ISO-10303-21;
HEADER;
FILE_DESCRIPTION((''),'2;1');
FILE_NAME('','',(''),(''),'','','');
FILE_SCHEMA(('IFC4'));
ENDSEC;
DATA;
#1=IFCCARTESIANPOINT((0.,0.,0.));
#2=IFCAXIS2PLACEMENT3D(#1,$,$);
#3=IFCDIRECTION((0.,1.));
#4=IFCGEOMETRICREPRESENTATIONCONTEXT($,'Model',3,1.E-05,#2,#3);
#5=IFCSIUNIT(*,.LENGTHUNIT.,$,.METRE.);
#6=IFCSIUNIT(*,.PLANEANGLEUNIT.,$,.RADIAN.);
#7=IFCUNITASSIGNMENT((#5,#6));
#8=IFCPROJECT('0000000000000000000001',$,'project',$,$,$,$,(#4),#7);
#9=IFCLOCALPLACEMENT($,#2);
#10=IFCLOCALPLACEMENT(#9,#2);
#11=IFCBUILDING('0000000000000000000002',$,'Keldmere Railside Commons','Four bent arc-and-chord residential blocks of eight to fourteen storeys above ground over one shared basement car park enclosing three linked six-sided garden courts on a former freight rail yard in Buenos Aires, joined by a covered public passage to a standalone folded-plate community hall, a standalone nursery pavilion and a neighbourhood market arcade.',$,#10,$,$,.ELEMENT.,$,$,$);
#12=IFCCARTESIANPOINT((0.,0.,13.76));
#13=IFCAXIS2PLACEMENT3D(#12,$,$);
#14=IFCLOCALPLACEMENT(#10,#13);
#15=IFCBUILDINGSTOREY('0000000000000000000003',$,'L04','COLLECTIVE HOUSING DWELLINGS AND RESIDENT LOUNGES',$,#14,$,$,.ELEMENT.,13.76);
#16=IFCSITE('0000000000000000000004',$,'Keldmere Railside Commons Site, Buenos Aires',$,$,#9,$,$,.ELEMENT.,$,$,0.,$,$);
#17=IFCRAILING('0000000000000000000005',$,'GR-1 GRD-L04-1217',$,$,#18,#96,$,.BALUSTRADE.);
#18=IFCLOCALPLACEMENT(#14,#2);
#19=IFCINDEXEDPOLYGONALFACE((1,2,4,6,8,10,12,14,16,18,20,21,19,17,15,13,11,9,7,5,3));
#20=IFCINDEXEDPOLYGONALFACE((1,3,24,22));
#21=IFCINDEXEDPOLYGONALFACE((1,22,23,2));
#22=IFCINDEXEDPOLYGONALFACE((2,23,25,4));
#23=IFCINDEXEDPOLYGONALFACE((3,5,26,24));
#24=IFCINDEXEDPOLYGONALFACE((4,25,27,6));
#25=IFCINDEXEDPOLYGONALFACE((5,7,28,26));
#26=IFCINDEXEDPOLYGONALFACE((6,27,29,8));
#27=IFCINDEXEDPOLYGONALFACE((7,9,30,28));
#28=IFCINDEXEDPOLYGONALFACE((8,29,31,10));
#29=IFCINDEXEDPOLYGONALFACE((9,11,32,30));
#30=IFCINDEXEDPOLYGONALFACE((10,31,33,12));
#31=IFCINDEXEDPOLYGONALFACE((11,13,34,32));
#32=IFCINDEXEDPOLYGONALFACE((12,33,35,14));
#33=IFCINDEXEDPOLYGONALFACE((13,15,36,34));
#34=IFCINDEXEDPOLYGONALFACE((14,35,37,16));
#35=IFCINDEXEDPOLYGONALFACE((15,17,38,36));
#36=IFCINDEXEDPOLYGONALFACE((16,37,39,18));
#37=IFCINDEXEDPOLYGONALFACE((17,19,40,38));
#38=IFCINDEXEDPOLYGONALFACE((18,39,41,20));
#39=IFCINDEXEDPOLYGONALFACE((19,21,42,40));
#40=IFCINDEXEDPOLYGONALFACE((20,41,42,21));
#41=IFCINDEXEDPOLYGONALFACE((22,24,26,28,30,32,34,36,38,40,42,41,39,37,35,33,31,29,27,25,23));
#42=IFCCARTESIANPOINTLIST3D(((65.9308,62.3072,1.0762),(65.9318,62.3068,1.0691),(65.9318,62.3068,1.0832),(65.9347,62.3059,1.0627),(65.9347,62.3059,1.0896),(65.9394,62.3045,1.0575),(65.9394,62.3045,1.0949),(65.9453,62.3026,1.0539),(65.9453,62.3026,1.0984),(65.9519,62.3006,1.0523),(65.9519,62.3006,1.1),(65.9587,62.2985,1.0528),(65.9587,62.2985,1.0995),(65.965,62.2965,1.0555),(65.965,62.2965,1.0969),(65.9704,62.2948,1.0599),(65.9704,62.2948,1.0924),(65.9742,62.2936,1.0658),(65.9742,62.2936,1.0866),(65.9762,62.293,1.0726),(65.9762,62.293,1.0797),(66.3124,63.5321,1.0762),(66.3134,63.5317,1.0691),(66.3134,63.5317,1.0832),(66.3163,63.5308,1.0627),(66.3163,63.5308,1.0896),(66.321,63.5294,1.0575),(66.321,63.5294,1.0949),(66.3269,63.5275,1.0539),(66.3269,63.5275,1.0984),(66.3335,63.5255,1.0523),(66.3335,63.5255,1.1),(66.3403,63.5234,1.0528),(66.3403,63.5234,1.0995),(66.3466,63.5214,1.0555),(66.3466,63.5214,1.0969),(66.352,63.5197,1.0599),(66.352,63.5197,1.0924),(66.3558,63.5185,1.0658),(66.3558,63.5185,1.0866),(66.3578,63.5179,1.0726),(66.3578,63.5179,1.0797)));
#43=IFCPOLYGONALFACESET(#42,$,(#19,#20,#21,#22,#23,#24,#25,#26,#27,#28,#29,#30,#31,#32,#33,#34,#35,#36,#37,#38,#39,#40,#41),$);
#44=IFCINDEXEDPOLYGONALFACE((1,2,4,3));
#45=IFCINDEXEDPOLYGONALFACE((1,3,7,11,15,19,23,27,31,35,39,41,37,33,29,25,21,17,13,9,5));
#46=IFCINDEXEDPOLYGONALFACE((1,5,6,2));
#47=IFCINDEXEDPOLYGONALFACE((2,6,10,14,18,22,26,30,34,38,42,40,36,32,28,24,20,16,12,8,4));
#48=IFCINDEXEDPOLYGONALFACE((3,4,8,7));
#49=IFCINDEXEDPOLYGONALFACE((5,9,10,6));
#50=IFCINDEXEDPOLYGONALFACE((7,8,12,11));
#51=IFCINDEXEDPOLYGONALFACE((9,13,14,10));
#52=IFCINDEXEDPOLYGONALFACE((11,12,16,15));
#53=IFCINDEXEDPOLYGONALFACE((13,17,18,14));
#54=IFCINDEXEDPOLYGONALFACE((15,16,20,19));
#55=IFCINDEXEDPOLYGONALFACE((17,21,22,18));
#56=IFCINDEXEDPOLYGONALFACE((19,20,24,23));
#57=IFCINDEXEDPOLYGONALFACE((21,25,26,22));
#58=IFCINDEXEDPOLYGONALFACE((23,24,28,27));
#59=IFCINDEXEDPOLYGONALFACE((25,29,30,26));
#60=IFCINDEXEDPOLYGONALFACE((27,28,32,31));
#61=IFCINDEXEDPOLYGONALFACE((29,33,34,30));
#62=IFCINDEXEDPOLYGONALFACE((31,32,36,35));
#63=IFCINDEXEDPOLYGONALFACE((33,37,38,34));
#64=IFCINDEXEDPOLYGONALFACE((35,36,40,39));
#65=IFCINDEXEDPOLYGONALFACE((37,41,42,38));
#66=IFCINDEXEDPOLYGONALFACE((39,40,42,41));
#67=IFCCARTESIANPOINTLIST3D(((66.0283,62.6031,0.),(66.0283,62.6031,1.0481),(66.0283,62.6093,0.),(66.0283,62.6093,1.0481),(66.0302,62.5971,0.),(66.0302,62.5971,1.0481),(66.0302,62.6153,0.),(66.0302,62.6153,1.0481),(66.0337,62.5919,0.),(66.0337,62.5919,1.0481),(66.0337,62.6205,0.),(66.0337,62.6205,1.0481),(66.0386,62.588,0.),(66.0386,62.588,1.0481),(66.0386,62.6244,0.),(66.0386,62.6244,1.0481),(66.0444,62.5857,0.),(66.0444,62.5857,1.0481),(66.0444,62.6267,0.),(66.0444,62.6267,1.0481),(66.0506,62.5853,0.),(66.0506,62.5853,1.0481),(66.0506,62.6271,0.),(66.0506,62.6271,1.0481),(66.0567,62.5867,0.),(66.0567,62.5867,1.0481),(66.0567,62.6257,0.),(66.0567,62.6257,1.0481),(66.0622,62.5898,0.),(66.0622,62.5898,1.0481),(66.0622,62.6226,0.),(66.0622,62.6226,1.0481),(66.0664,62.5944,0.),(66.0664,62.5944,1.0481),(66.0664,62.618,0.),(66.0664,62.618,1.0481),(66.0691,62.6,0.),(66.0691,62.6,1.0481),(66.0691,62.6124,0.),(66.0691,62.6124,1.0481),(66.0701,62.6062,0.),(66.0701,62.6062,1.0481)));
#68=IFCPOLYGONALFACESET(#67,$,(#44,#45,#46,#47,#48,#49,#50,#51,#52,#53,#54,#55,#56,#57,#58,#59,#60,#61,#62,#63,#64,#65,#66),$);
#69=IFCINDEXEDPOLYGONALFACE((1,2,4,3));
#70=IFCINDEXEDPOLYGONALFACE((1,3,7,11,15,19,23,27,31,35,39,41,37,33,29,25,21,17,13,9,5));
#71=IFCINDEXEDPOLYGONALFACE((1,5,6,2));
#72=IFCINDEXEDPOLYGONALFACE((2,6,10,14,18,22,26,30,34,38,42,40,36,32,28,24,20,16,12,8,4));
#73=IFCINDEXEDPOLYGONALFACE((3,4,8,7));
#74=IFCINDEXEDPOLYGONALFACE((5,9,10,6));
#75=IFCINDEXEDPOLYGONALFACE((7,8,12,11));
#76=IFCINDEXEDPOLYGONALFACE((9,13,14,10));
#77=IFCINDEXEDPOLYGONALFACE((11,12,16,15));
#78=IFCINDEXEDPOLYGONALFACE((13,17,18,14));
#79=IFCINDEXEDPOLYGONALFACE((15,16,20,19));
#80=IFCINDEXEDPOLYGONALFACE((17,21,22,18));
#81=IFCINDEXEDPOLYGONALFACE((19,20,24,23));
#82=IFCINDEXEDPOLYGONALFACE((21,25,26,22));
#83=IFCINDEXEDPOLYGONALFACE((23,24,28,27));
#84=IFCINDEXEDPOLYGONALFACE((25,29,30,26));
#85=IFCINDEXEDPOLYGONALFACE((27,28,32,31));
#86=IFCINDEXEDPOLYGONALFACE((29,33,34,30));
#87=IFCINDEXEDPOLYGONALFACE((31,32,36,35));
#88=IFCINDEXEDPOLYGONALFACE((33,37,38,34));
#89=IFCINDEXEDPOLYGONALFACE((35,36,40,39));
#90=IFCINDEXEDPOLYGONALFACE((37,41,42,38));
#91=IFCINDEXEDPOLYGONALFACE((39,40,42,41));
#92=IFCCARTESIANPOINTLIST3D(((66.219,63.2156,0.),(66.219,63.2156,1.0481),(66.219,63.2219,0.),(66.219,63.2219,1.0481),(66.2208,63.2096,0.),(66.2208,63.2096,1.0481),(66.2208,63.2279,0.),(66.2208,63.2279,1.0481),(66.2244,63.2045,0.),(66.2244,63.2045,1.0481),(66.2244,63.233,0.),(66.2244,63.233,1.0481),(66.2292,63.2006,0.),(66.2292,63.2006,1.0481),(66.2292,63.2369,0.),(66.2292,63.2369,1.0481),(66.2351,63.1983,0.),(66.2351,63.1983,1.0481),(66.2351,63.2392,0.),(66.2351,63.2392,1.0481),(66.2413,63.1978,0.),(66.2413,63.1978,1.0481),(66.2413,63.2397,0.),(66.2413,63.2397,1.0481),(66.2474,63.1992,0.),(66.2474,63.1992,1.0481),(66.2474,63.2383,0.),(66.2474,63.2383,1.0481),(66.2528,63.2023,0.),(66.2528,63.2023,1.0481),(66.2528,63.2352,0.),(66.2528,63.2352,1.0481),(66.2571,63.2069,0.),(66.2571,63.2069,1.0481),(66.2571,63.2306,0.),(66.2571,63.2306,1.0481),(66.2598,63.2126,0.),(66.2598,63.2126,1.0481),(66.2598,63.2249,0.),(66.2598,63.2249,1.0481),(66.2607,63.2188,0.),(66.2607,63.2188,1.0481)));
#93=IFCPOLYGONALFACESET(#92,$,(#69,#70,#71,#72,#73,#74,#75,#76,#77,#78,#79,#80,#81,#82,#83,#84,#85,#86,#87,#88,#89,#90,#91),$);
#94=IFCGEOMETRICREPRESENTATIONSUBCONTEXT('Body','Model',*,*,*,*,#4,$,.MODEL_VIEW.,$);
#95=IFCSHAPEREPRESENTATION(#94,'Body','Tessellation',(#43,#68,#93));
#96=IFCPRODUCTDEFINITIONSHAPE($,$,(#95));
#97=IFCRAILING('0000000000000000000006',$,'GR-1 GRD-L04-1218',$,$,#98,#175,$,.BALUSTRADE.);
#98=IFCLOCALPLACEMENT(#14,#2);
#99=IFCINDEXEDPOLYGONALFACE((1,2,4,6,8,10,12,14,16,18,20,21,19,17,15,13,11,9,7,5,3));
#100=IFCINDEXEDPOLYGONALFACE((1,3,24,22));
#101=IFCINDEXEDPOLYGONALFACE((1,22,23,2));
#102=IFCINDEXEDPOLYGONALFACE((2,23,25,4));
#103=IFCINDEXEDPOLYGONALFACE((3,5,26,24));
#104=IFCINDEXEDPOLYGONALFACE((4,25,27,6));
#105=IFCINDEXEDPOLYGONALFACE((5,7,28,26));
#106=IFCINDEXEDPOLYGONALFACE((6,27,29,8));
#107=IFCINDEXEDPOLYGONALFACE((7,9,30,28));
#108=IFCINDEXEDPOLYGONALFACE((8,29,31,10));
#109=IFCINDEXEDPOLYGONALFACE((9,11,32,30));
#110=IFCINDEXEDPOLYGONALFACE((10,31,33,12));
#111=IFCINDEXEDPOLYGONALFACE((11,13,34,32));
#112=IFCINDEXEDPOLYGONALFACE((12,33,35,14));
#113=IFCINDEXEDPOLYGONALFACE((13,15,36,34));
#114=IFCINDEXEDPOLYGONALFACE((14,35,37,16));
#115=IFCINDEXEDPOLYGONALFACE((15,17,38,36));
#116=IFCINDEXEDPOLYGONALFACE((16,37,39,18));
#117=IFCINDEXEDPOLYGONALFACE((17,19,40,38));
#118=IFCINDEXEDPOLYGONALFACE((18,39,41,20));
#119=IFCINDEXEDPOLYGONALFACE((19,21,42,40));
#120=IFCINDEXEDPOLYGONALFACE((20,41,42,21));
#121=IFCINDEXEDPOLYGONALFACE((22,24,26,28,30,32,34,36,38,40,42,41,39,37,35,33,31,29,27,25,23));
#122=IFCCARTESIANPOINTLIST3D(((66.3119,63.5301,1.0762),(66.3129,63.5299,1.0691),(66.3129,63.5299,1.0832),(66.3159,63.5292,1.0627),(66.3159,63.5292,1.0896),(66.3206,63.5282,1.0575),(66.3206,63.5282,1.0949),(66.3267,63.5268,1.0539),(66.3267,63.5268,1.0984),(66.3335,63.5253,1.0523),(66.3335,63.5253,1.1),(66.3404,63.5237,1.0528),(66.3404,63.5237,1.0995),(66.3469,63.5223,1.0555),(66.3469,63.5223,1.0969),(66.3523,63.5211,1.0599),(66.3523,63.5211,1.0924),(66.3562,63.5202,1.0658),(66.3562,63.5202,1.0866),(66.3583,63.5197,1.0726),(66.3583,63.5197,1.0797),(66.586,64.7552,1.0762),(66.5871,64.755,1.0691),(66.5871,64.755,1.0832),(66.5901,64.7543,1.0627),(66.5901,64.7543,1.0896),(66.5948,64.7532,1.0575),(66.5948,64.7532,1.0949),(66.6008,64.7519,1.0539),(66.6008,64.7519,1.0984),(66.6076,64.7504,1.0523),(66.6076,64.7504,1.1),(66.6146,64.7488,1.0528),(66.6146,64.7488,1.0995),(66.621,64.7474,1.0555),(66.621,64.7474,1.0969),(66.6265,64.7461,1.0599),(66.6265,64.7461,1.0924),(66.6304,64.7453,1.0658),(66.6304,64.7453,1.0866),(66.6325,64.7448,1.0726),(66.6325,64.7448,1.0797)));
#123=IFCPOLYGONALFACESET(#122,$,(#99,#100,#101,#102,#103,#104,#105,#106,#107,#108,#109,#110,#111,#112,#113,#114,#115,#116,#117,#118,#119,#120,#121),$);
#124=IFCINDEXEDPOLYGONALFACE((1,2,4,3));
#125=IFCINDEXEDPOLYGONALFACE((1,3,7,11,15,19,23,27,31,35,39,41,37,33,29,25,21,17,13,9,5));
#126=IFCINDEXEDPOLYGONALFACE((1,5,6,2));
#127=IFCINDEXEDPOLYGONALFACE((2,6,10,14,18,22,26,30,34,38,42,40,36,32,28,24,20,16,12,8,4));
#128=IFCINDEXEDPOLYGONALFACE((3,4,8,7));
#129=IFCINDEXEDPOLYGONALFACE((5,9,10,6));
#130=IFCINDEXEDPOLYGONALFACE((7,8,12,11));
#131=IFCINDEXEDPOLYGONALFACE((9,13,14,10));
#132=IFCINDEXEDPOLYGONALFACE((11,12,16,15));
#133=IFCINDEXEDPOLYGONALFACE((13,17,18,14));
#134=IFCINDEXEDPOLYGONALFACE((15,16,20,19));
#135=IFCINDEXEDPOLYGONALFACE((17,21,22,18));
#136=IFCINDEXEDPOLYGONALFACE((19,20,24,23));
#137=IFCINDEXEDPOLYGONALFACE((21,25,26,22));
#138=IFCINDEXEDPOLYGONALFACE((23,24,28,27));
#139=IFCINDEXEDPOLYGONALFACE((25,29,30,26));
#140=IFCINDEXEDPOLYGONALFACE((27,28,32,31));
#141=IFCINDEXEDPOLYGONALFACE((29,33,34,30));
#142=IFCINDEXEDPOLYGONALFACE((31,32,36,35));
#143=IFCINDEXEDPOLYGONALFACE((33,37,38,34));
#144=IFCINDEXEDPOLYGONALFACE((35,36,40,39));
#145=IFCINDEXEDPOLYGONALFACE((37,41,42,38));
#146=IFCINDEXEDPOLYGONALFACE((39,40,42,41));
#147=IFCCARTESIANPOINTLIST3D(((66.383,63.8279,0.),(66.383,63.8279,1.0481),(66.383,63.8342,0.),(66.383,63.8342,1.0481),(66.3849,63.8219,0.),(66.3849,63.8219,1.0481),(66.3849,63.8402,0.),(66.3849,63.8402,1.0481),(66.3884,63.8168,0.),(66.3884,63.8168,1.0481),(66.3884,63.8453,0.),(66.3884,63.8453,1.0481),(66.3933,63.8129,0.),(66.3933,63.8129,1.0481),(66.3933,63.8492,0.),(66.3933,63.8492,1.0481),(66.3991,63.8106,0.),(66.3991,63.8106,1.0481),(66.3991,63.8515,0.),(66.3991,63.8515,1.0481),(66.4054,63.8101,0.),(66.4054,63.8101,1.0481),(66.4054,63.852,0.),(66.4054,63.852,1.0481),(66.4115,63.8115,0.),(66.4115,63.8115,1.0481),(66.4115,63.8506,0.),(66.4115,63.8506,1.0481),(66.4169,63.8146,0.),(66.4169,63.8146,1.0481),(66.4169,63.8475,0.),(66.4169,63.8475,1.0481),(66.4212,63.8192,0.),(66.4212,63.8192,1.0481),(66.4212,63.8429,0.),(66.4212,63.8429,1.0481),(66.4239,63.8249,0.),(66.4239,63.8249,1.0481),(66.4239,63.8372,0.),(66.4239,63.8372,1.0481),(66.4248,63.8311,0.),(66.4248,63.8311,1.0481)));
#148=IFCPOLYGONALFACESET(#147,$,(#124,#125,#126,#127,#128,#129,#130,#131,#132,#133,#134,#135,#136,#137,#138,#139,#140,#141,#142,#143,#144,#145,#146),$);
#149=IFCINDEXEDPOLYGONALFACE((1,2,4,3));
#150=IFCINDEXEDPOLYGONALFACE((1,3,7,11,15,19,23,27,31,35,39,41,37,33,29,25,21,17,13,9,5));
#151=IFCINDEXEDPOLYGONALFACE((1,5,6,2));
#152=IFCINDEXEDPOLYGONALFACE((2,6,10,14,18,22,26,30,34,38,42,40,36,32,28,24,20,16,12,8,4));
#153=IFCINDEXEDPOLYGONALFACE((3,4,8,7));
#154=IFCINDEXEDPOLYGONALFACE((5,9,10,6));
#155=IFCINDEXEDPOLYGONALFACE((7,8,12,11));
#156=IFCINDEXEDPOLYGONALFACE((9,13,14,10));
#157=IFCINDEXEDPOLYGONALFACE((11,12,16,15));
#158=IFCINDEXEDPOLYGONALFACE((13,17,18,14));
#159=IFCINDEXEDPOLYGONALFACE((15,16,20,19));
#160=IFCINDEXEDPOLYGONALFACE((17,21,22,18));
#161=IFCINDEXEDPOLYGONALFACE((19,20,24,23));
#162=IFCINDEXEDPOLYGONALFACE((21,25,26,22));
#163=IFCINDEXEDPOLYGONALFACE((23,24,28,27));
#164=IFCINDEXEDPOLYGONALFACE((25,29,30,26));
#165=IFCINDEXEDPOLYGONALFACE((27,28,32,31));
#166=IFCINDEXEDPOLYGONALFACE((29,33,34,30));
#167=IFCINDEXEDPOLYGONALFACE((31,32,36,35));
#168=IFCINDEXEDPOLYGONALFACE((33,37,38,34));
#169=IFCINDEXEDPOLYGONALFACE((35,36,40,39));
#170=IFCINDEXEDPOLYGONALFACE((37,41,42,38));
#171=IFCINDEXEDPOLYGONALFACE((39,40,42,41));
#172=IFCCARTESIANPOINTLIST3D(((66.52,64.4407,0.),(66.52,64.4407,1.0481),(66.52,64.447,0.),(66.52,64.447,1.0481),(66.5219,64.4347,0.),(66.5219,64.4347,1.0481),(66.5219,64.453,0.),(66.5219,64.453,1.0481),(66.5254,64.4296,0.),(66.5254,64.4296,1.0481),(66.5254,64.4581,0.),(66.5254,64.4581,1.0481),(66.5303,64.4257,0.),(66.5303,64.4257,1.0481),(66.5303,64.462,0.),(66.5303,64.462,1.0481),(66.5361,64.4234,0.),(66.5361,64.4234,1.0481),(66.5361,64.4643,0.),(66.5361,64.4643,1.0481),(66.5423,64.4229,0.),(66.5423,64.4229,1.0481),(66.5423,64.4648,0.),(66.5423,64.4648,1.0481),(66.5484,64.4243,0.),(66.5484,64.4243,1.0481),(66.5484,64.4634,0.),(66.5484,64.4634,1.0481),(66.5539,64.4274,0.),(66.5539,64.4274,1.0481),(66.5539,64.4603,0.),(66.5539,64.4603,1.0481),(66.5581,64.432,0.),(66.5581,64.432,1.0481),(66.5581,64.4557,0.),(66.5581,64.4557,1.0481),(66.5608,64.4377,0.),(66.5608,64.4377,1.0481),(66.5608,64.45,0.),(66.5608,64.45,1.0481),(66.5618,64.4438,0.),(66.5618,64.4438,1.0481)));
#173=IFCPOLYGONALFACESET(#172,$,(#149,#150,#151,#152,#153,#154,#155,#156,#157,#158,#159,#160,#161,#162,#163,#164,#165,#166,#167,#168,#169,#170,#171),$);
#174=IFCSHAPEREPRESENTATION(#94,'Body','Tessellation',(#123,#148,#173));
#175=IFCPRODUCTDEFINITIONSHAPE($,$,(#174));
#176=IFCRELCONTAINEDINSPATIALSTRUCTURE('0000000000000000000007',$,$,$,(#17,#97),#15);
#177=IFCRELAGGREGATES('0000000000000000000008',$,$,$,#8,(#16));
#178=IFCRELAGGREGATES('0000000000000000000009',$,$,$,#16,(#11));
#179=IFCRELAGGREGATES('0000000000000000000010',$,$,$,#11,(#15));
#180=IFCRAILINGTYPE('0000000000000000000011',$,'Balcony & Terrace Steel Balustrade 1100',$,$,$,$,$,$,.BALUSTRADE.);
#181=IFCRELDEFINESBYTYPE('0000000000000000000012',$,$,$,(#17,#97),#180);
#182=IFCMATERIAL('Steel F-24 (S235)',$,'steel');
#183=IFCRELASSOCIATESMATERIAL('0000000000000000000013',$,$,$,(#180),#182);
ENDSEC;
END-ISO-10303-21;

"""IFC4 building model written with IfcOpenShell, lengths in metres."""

from ifc_helpers import new_model, si_unit, direction, frame, origin, origin_2d, place, context, subcontext, project, spatial, circle, extrude, material, type_object, element, save


model = new_model("IFC4")

# Units and contexts
model_context = context("Model", 3, precision=1e-05, world=origin(), true_north=direction((0.0, 1.0)))
body_context = subcontext(model_context, "Body", "Model", "MODEL_VIEW")
ifc_project = project(units=[si_unit("LENGTHUNIT", "METRE"), si_unit("PLANEANGLEUNIT", "RADIAN")], contexts=[model_context])

# Site, building, storey
site_placement = place(None, origin())
site = spatial("IfcSite", under=ifc_project, at=site_placement, Name="Keldmere Railside Commons Site, Buenos Aires", CompositionType="ELEMENT", RefElevation=0.0)
building_placement = place(site_placement, origin())
building = spatial("IfcBuilding", under=site, at=building_placement, Name="Keldmere Railside Commons", Description="Four bent arc-and-chord residential blocks of eight to fourteen storeys above ground over one shared basement car park enclosing three linked six-sided garden courts on a former freight rail yard in Buenos Aires, joined by a covered public passage to a standalone folded-plate community hall, a standalone nursery pavilion and a neighbourhood market arcade.", CompositionType="ELEMENT")
storey_placement = place(building_placement, frame((0.0, 0.0, 13.76)))
storey = spatial("IfcBuildingStorey", under=building, at=storey_placement, Name="L04", Description="COLLECTIVE HOUSING DWELLINGS AND RESIDENT LOUNGES", CompositionType="ELEMENT", Elevation=13.76)

# Railings
ifc_material_1 = material(Name="Steel F-24 (S235)", Category="steel")
railing_type_1 = type_object("IfcRailingType", Name="Balcony & Terrace Steel Balustrade 1100", PredefinedType="BALUSTRADE", material=ifc_material_1)
railing_1_placement = place(storey_placement, frame((65.9536, 62.3, 0.0)))
element("IfcRailing", 1, at=railing_1_placement, inside=storey, type_object=railing_type_1, Name="GR-1 GRD-L04-1217", PredefinedType="BALUSTRADE", context=body_context, shape_type="SweptSolid", body=[
    extrude(circle(Radius=0.0239, at=origin_2d()), frame((0.0, 0.0, 1.0762), z_axis=(0.297441, 0.95474, 0.0), x_axis=(-0.95474, 0.297441, 0.0)), (0.0, 0.0, 1.0), 1.283),
    extrude(circle(Radius=0.021, at=origin_2d()), frame((0.0955, 0.3062, 0.0)), (0.0, 0.0, 1.0), 1.0481),
    extrude(circle(Radius=0.021, at=origin_2d()), frame((0.2861, 0.9187, 0.0)), (0.0, 0.0, 1.0), 1.0481),
])
railing_2_placement = place(storey_placement, frame((66.3352, 63.5249, 0.0)))
element("IfcRailing", 2, at=railing_2_placement, inside=storey, type_object=railing_type_1, Name="GR-1 GRD-L04-1218", PredefinedType="BALUSTRADE", context=body_context, shape_type="SweptSolid", body=[
    extrude(circle(Radius=0.0239, at=origin_2d()), frame((0.0, 0.0, 1.0762), z_axis=(0.218392, 0.975861, 0.0), x_axis=(-0.975861, 0.218392, 0.0)), (0.0, 0.0, 1.0), 1.2554),
    extrude(circle(Radius=0.021, at=origin_2d()), frame((0.0686, 0.3062, 0.0)), (0.0, 0.0, 1.0), 1.0481),
    extrude(circle(Radius=0.021, at=origin_2d()), frame((0.2056, 0.9189, 0.0)), (0.0, 0.0, 1.0), 1.0481),
])

save(model, "model.ifc")
